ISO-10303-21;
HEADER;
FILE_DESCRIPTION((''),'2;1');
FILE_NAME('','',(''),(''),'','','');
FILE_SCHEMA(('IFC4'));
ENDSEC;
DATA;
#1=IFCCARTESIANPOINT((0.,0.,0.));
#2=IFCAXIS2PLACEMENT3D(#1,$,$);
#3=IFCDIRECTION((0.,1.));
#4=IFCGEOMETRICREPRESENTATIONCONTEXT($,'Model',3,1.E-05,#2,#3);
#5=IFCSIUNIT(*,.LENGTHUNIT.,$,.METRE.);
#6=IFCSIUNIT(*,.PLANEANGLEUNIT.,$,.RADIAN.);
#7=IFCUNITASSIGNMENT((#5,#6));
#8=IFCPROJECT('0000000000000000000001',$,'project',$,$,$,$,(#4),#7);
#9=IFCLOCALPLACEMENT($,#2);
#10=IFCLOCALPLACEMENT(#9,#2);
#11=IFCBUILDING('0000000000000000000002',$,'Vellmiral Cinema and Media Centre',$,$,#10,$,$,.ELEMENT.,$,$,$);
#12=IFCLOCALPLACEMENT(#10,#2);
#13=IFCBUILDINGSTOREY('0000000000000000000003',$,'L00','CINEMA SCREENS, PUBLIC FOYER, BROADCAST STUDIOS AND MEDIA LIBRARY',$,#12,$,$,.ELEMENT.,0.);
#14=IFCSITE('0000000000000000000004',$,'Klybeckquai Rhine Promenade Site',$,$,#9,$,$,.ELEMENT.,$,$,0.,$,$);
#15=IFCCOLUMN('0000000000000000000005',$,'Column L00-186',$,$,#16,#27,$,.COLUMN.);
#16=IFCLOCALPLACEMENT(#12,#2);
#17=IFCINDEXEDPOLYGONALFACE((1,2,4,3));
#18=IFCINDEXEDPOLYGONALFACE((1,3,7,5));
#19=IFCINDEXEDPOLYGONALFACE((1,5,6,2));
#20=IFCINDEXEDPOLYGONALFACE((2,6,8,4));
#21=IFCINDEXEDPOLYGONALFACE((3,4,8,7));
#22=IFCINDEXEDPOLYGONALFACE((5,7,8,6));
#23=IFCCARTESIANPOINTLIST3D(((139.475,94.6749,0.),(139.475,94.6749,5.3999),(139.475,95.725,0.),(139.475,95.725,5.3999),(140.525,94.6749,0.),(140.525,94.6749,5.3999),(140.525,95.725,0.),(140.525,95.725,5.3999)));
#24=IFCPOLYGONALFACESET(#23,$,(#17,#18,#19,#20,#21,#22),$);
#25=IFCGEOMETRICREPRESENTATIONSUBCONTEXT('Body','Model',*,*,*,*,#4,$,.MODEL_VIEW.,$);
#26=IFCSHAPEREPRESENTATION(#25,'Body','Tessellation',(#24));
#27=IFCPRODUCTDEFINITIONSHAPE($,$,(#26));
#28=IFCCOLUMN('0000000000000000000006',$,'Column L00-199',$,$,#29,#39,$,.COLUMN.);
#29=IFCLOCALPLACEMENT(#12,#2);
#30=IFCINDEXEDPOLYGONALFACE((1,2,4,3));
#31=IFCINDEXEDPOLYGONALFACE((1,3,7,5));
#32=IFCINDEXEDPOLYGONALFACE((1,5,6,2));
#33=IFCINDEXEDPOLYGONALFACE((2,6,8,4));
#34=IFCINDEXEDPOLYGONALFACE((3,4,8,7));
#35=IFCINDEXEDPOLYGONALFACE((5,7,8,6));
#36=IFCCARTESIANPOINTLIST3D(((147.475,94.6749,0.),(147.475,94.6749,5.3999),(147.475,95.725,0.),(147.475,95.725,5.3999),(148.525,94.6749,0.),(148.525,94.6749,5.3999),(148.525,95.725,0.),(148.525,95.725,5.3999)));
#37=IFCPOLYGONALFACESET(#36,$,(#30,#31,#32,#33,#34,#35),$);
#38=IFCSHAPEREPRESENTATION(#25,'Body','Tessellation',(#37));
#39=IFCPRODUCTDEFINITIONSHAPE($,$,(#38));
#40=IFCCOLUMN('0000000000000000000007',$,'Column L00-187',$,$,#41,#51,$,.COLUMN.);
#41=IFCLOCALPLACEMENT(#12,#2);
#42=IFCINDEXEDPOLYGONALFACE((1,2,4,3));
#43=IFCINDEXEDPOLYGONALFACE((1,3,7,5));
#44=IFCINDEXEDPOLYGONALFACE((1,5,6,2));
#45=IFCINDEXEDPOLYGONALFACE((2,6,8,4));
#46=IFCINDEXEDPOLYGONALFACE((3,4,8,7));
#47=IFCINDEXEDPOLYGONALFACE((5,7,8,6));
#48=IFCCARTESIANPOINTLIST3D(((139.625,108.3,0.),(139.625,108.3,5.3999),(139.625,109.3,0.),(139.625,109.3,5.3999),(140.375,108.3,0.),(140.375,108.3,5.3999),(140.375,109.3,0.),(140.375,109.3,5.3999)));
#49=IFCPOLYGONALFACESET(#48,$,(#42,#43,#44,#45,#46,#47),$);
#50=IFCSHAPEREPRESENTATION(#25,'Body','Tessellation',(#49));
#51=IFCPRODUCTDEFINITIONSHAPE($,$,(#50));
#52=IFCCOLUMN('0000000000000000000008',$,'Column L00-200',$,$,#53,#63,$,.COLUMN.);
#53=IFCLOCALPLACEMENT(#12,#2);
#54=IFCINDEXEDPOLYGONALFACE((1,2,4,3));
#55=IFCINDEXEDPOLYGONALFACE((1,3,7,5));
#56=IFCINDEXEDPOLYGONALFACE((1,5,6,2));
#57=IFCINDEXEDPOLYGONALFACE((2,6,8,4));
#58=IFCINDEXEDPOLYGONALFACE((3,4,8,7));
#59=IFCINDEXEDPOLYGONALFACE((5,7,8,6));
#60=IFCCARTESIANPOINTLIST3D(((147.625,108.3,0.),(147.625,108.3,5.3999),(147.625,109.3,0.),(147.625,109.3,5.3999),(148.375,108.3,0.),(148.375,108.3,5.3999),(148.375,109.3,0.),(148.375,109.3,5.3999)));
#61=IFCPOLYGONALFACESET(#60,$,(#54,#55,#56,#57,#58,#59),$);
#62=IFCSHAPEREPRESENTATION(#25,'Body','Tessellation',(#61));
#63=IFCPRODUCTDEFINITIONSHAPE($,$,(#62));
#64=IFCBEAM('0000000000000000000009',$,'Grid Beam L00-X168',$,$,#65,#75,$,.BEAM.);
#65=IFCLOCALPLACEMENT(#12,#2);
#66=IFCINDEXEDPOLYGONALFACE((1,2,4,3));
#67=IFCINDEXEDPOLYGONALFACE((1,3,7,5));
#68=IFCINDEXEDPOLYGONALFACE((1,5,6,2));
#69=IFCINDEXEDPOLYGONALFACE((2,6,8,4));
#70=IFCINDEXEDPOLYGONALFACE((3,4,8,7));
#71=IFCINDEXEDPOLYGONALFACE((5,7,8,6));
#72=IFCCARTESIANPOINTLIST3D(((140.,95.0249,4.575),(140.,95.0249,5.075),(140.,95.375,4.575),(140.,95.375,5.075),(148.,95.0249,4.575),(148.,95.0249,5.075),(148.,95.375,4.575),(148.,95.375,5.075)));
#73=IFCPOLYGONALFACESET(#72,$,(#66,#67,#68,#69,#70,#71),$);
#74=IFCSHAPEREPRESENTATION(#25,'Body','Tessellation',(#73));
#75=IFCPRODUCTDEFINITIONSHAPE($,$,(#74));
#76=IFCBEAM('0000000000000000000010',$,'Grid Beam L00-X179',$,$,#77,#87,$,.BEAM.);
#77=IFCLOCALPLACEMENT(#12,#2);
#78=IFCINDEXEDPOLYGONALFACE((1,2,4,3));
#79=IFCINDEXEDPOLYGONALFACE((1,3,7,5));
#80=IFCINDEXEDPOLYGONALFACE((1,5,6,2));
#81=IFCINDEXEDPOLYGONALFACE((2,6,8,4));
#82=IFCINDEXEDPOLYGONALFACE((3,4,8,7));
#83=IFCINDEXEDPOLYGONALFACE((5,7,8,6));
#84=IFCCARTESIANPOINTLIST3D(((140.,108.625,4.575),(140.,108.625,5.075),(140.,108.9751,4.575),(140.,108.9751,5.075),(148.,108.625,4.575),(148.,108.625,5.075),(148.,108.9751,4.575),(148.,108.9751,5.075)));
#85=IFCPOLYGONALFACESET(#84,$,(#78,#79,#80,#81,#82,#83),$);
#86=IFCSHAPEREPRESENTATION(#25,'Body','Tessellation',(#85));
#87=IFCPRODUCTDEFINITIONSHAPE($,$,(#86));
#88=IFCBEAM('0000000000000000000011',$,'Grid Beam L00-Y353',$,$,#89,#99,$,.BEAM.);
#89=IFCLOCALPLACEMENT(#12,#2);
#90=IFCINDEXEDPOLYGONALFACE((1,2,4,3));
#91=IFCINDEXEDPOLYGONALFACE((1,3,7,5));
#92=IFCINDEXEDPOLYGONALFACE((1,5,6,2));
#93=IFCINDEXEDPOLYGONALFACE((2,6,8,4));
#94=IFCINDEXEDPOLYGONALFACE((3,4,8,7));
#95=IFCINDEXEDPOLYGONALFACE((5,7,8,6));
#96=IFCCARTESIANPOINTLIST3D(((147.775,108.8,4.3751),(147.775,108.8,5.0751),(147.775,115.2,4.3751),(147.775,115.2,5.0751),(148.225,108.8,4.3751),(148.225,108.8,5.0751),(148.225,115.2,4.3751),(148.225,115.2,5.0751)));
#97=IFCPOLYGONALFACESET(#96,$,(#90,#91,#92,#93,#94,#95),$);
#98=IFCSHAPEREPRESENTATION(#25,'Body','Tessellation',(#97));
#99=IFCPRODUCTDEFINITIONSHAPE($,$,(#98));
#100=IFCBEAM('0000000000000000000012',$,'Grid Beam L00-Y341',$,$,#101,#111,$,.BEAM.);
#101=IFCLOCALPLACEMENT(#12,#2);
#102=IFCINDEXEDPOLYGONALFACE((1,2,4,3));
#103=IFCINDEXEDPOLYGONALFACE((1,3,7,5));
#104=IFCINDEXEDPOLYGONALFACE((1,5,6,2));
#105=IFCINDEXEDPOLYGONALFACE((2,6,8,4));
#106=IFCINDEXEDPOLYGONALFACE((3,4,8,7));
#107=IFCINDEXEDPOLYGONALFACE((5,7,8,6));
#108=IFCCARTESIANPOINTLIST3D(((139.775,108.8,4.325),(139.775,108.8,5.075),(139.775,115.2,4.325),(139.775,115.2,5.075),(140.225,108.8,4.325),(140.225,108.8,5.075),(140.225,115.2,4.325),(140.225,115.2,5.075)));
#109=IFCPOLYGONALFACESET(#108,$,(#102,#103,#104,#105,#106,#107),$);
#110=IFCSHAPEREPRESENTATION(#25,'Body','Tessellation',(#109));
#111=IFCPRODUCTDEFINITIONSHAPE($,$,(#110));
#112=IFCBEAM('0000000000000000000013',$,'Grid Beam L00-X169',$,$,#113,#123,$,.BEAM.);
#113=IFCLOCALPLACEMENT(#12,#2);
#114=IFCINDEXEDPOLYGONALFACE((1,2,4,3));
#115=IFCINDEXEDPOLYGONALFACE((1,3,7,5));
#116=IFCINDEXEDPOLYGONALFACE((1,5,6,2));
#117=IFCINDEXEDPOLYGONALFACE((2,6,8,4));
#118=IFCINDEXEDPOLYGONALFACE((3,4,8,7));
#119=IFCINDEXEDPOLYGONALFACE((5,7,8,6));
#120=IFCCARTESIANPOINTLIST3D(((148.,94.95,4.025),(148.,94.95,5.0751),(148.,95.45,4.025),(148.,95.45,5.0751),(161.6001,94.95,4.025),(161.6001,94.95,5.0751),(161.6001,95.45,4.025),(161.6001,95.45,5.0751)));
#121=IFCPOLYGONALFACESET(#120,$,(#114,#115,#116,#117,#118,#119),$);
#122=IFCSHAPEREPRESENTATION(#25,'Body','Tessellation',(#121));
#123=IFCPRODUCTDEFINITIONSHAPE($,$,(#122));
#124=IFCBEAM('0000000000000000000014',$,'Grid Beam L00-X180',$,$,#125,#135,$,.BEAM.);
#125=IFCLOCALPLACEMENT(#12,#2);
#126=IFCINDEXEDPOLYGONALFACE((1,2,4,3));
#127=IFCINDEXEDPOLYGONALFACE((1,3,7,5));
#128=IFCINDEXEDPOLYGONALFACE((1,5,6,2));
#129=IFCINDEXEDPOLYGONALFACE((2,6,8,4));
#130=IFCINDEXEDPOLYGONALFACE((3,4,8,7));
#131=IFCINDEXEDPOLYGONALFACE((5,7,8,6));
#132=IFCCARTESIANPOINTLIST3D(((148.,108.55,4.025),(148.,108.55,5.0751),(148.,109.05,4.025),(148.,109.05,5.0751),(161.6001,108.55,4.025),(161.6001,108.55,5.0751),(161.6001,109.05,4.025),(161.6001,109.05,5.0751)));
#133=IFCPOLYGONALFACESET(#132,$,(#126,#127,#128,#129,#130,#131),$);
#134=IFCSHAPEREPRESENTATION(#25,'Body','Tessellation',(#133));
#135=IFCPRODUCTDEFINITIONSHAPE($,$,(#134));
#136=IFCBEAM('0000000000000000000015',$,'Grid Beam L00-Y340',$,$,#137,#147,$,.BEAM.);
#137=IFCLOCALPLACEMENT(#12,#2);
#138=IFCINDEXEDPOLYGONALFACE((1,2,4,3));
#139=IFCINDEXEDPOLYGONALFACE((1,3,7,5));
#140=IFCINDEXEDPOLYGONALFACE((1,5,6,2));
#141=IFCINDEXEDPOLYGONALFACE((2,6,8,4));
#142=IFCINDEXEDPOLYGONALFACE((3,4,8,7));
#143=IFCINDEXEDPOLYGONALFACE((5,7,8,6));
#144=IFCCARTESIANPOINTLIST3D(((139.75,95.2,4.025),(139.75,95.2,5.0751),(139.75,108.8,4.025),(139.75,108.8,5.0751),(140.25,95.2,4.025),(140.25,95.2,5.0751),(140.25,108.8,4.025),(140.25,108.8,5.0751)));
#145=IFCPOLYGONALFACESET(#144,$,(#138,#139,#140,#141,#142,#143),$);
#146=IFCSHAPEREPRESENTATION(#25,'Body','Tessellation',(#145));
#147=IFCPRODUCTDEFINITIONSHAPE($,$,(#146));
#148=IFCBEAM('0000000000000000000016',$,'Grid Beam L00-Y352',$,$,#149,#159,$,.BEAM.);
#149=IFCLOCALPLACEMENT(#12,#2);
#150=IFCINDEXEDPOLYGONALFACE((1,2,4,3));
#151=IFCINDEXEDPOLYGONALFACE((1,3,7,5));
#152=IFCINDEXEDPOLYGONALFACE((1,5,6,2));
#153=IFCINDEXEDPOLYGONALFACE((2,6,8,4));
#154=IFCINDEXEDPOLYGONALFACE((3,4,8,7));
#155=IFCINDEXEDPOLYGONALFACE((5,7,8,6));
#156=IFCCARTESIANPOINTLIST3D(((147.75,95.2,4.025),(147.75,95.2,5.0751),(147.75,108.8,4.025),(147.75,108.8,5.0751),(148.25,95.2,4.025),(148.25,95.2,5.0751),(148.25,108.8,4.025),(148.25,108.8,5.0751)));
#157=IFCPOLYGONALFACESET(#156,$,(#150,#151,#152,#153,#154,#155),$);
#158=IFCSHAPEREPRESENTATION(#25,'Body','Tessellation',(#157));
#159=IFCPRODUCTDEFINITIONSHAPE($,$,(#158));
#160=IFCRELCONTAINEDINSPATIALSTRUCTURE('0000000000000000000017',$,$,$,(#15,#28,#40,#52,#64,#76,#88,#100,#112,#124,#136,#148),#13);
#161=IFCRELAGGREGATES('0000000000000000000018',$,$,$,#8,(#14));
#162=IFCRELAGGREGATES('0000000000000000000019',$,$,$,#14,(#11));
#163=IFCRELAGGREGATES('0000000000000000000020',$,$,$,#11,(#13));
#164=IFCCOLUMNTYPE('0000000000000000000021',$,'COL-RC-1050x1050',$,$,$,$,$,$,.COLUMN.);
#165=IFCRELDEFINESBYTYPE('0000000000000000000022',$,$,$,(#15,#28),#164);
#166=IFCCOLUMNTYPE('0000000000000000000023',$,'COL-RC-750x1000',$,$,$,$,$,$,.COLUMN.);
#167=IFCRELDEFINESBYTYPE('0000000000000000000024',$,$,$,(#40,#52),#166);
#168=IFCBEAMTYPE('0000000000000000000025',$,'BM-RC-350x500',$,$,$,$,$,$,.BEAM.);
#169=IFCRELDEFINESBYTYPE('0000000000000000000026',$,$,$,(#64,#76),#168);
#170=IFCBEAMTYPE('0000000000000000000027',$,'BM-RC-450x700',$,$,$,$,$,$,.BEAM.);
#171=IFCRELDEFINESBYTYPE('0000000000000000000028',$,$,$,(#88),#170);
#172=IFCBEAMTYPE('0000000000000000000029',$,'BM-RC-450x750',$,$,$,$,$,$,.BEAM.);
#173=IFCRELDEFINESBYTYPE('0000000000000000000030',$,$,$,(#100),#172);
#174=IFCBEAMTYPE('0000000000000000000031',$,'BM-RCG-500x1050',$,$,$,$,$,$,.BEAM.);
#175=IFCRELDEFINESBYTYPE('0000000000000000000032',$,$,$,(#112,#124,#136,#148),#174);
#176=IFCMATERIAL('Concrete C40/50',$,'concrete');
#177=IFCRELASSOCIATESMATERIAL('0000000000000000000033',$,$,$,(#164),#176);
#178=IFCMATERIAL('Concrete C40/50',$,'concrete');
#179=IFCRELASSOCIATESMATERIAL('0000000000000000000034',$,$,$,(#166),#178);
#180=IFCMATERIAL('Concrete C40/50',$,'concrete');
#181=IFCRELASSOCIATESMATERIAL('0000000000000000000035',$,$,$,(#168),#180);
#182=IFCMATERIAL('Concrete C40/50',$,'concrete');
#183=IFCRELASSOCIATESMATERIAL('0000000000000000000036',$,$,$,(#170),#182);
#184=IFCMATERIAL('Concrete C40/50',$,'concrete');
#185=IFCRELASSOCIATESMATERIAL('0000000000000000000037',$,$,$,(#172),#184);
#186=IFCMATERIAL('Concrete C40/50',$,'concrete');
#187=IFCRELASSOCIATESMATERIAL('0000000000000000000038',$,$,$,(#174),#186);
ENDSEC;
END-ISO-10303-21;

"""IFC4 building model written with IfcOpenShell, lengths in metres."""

from ifc_helpers import new_model, si_unit, direction, frame, origin, origin_2d, place, context, subcontext, project, spatial, rectangle, extrude, material, material_profile, profile_set, type_object, element, save


model = new_model("IFC4")

# Units and contexts
model_context = context("Model", 3, precision=1e-05, world=origin(), true_north=direction((0.0, 1.0)))
body_context = subcontext(model_context, "Body", "Model", "MODEL_VIEW")
ifc_project = project(units=[si_unit("LENGTHUNIT", "METRE"), si_unit("PLANEANGLEUNIT", "RADIAN")], contexts=[model_context])

# Site, building, storey
site_placement = place(None, origin())
site = spatial("IfcSite", under=ifc_project, at=site_placement, Name="Klybeckquai Rhine Promenade Site", CompositionType="ELEMENT", RefElevation=0.0)
building_placement = place(site_placement, origin())
building = spatial("IfcBuilding", under=site, at=building_placement, Name="Vellmiral Cinema and Media Centre", CompositionType="ELEMENT")
storey_placement = place(building_placement, origin())
storey = spatial("IfcBuildingStorey", under=building, at=storey_placement, Name="L00", Description="CINEMA SCREENS, PUBLIC FOYER, BROADCAST STUDIOS AND MEDIA LIBRARY", CompositionType="ELEMENT", Elevation=0.0)

# Columns
ifc_material_1 = material(Name="Concrete C40/50", Category="concrete")
ifc_material_profile_1 = material_profile(ifc_material_1, rectangle(XDim=1.05, YDim=1.05, at=origin_2d()), Name="RC 1050x1050")
ifc_profile_set_1 = profile_set([ifc_material_profile_1], Name="Concrete C40/50")
column_type_1 = type_object("IfcColumnType", Name="COL-RC-1050x1050", PredefinedType="COLUMN", material=ifc_profile_set_1)
for number, where, z_axis, x_axis, name in (
    (1, (140.0, 95.2, 0.0), (0.0, 0.0, 1.0), (1.0, 0.0, 0.0), "Column L00-186"),
    (2, (148.0, 95.2, 0.0), (0.0, 0.0, 1.0), (1.0, 0.0, 0.0), "Column L00-199"),
):
    element("IfcColumn", number, at=place(storey_placement, frame(where, z_axis=z_axis, x_axis=x_axis)), inside=storey, type_object=column_type_1, Name=name, PredefinedType="COLUMN", context=body_context, shape_type="SweptSolid", body=[
        extrude(rectangle(XDim=1.05, YDim=1.05, at=origin_2d()), origin(), (0.0, 0.0, 1.0), 5.3999),
    ])
ifc_material_2 = material(Name="Concrete C40/50", Category="concrete")
ifc_material_profile_2 = material_profile(ifc_material_2, rectangle(XDim=0.75, YDim=1.0, at=origin_2d()), Name="RC 750x1000")
ifc_profile_set_2 = profile_set([ifc_material_profile_2], Name="Concrete C40/50")
column_type_2 = type_object("IfcColumnType", Name="COL-RC-750x1000", PredefinedType="COLUMN", material=ifc_profile_set_2)
for number, where, z_axis, x_axis, name in (
    (3, (140.0, 108.8, 0.0), (0.0, 0.0, 1.0), (1.0, 0.0, 0.0), "Column L00-187"),
    (4, (148.0, 108.8, 0.0), (0.0, 0.0, 1.0), (1.0, 0.0, 0.0), "Column L00-200"),
):
    element("IfcColumn", number, at=place(storey_placement, frame(where, z_axis=z_axis, x_axis=x_axis)), inside=storey, type_object=column_type_2, Name=name, PredefinedType="COLUMN", context=body_context, shape_type="SweptSolid", body=[
        extrude(rectangle(XDim=0.75, YDim=1.0, at=origin_2d()), origin(), (0.0, 0.0, 1.0), 5.3999),
    ])

# Beams
ifc_material_3 = material(Name="Concrete C40/50", Category="concrete")
ifc_material_profile_3 = material_profile(ifc_material_3, rectangle(XDim=0.3501, YDim=0.5, at=origin_2d()), Name="RC 350x500")
ifc_profile_set_3 = profile_set([ifc_material_profile_3], Name="Concrete C40/50")
beam_type_1 = type_object("IfcBeamType", Name="BM-RC-350x500", PredefinedType="BEAM", material=ifc_profile_set_3)
for number, where, z_axis, x_axis, name in (
    (5, (140.0, 95.2, 4.825), (1.0, 0.0, 0.0), (0.0, 1.0, 0.0), "Grid Beam L00-X168"),
    (6, (140.0, 108.8, 4.825), (1.0, 0.0, 0.0), (0.0, 1.0, 0.0), "Grid Beam L00-X179"),
):
    element("IfcBeam", number, at=place(storey_placement, frame(where, z_axis=z_axis, x_axis=x_axis)), inside=storey, type_object=beam_type_1, Name=name, PredefinedType="BEAM", context=body_context, shape_type="SweptSolid", body=[
        extrude(rectangle(XDim=0.3501, YDim=0.5, at=origin_2d()), origin(), (0.0, 0.0, 1.0), 8.0),
    ])
ifc_material_4 = material(Name="Concrete C40/50", Category="concrete")
ifc_material_profile_4 = material_profile(ifc_material_4, rectangle(XDim=0.45, YDim=0.7, at=origin_2d()), Name="RC 450x700")
ifc_profile_set_4 = profile_set([ifc_material_profile_4], Name="Concrete C40/50")
beam_type_2 = type_object("IfcBeamType", Name="BM-RC-450x700", PredefinedType="BEAM", material=ifc_profile_set_4)
beam_1_placement = place(storey_placement, frame((148.0, 108.8, 4.7251), z_axis=(0.0, 1.0, 0.0), x_axis=(-1.0, 0.0, 0.0)))
element("IfcBeam", 7, at=beam_1_placement, inside=storey, type_object=beam_type_2, Name="Grid Beam L00-Y353", PredefinedType="BEAM", context=body_context, shape_type="SweptSolid", body=[
    extrude(rectangle(XDim=0.45, YDim=0.7, at=origin_2d()), origin(), (0.0, 0.0, 1.0), 6.3999),
])
ifc_material_5 = material(Name="Concrete C40/50", Category="concrete")
ifc_material_profile_5 = material_profile(ifc_material_5, rectangle(XDim=0.45, YDim=0.75, at=origin_2d()), Name="RC 450x750")
ifc_profile_set_5 = profile_set([ifc_material_profile_5], Name="Concrete C40/50")
beam_type_3 = type_object("IfcBeamType", Name="BM-RC-450x750", PredefinedType="BEAM", material=ifc_profile_set_5)
beam_2_placement = place(storey_placement, frame((140.0, 108.8, 4.7), z_axis=(0.0, 1.0, 0.0), x_axis=(-1.0, 0.0, 0.0)))
element("IfcBeam", 8, at=beam_2_placement, inside=storey, type_object=beam_type_3, Name="Grid Beam L00-Y341", PredefinedType="BEAM", context=body_context, shape_type="SweptSolid", body=[
    extrude(rectangle(XDim=0.45, YDim=0.75, at=origin_2d()), origin(), (0.0, 0.0, 1.0), 6.3999),
])
ifc_material_6 = material(Name="Concrete C40/50", Category="concrete")
ifc_material_profile_6 = material_profile(ifc_material_6, rectangle(XDim=0.5, YDim=1.05, at=origin_2d()), Name="RC 500x1050")
ifc_profile_set_6 = profile_set([ifc_material_profile_6], Name="Concrete C40/50")
beam_type_4 = type_object("IfcBeamType", Name="BM-RCG-500x1050", PredefinedType="BEAM", material=ifc_profile_set_6)
for number, where, z_axis, x_axis, name in (
    (9, (148.0, 95.2, 4.55), (1.0, 0.0, 0.0), (0.0, 1.0, 0.0), "Grid Beam L00-X169"),
    (10, (148.0, 108.8, 4.55), (1.0, 0.0, 0.0), (0.0, 1.0, 0.0), "Grid Beam L00-X180"),
    (11, (140.0, 95.2, 4.55), (0.0, 1.0, 0.0), (-1.0, 0.0, 0.0), "Grid Beam L00-Y340"),
    (12, (148.0, 95.2, 4.55), (0.0, 1.0, 0.0), (-1.0, 0.0, 0.0), "Grid Beam L00-Y352"),
):
    element("IfcBeam", number, at=place(storey_placement, frame(where, z_axis=z_axis, x_axis=x_axis)), inside=storey, type_object=beam_type_4, Name=name, PredefinedType="BEAM", context=body_context, shape_type="SweptSolid", body=[
        extrude(rectangle(XDim=0.5, YDim=1.05, at=origin_2d()), origin(), (0.0, 0.0, 1.0), 13.6001),
    ])

save(model, "model.ifc")
